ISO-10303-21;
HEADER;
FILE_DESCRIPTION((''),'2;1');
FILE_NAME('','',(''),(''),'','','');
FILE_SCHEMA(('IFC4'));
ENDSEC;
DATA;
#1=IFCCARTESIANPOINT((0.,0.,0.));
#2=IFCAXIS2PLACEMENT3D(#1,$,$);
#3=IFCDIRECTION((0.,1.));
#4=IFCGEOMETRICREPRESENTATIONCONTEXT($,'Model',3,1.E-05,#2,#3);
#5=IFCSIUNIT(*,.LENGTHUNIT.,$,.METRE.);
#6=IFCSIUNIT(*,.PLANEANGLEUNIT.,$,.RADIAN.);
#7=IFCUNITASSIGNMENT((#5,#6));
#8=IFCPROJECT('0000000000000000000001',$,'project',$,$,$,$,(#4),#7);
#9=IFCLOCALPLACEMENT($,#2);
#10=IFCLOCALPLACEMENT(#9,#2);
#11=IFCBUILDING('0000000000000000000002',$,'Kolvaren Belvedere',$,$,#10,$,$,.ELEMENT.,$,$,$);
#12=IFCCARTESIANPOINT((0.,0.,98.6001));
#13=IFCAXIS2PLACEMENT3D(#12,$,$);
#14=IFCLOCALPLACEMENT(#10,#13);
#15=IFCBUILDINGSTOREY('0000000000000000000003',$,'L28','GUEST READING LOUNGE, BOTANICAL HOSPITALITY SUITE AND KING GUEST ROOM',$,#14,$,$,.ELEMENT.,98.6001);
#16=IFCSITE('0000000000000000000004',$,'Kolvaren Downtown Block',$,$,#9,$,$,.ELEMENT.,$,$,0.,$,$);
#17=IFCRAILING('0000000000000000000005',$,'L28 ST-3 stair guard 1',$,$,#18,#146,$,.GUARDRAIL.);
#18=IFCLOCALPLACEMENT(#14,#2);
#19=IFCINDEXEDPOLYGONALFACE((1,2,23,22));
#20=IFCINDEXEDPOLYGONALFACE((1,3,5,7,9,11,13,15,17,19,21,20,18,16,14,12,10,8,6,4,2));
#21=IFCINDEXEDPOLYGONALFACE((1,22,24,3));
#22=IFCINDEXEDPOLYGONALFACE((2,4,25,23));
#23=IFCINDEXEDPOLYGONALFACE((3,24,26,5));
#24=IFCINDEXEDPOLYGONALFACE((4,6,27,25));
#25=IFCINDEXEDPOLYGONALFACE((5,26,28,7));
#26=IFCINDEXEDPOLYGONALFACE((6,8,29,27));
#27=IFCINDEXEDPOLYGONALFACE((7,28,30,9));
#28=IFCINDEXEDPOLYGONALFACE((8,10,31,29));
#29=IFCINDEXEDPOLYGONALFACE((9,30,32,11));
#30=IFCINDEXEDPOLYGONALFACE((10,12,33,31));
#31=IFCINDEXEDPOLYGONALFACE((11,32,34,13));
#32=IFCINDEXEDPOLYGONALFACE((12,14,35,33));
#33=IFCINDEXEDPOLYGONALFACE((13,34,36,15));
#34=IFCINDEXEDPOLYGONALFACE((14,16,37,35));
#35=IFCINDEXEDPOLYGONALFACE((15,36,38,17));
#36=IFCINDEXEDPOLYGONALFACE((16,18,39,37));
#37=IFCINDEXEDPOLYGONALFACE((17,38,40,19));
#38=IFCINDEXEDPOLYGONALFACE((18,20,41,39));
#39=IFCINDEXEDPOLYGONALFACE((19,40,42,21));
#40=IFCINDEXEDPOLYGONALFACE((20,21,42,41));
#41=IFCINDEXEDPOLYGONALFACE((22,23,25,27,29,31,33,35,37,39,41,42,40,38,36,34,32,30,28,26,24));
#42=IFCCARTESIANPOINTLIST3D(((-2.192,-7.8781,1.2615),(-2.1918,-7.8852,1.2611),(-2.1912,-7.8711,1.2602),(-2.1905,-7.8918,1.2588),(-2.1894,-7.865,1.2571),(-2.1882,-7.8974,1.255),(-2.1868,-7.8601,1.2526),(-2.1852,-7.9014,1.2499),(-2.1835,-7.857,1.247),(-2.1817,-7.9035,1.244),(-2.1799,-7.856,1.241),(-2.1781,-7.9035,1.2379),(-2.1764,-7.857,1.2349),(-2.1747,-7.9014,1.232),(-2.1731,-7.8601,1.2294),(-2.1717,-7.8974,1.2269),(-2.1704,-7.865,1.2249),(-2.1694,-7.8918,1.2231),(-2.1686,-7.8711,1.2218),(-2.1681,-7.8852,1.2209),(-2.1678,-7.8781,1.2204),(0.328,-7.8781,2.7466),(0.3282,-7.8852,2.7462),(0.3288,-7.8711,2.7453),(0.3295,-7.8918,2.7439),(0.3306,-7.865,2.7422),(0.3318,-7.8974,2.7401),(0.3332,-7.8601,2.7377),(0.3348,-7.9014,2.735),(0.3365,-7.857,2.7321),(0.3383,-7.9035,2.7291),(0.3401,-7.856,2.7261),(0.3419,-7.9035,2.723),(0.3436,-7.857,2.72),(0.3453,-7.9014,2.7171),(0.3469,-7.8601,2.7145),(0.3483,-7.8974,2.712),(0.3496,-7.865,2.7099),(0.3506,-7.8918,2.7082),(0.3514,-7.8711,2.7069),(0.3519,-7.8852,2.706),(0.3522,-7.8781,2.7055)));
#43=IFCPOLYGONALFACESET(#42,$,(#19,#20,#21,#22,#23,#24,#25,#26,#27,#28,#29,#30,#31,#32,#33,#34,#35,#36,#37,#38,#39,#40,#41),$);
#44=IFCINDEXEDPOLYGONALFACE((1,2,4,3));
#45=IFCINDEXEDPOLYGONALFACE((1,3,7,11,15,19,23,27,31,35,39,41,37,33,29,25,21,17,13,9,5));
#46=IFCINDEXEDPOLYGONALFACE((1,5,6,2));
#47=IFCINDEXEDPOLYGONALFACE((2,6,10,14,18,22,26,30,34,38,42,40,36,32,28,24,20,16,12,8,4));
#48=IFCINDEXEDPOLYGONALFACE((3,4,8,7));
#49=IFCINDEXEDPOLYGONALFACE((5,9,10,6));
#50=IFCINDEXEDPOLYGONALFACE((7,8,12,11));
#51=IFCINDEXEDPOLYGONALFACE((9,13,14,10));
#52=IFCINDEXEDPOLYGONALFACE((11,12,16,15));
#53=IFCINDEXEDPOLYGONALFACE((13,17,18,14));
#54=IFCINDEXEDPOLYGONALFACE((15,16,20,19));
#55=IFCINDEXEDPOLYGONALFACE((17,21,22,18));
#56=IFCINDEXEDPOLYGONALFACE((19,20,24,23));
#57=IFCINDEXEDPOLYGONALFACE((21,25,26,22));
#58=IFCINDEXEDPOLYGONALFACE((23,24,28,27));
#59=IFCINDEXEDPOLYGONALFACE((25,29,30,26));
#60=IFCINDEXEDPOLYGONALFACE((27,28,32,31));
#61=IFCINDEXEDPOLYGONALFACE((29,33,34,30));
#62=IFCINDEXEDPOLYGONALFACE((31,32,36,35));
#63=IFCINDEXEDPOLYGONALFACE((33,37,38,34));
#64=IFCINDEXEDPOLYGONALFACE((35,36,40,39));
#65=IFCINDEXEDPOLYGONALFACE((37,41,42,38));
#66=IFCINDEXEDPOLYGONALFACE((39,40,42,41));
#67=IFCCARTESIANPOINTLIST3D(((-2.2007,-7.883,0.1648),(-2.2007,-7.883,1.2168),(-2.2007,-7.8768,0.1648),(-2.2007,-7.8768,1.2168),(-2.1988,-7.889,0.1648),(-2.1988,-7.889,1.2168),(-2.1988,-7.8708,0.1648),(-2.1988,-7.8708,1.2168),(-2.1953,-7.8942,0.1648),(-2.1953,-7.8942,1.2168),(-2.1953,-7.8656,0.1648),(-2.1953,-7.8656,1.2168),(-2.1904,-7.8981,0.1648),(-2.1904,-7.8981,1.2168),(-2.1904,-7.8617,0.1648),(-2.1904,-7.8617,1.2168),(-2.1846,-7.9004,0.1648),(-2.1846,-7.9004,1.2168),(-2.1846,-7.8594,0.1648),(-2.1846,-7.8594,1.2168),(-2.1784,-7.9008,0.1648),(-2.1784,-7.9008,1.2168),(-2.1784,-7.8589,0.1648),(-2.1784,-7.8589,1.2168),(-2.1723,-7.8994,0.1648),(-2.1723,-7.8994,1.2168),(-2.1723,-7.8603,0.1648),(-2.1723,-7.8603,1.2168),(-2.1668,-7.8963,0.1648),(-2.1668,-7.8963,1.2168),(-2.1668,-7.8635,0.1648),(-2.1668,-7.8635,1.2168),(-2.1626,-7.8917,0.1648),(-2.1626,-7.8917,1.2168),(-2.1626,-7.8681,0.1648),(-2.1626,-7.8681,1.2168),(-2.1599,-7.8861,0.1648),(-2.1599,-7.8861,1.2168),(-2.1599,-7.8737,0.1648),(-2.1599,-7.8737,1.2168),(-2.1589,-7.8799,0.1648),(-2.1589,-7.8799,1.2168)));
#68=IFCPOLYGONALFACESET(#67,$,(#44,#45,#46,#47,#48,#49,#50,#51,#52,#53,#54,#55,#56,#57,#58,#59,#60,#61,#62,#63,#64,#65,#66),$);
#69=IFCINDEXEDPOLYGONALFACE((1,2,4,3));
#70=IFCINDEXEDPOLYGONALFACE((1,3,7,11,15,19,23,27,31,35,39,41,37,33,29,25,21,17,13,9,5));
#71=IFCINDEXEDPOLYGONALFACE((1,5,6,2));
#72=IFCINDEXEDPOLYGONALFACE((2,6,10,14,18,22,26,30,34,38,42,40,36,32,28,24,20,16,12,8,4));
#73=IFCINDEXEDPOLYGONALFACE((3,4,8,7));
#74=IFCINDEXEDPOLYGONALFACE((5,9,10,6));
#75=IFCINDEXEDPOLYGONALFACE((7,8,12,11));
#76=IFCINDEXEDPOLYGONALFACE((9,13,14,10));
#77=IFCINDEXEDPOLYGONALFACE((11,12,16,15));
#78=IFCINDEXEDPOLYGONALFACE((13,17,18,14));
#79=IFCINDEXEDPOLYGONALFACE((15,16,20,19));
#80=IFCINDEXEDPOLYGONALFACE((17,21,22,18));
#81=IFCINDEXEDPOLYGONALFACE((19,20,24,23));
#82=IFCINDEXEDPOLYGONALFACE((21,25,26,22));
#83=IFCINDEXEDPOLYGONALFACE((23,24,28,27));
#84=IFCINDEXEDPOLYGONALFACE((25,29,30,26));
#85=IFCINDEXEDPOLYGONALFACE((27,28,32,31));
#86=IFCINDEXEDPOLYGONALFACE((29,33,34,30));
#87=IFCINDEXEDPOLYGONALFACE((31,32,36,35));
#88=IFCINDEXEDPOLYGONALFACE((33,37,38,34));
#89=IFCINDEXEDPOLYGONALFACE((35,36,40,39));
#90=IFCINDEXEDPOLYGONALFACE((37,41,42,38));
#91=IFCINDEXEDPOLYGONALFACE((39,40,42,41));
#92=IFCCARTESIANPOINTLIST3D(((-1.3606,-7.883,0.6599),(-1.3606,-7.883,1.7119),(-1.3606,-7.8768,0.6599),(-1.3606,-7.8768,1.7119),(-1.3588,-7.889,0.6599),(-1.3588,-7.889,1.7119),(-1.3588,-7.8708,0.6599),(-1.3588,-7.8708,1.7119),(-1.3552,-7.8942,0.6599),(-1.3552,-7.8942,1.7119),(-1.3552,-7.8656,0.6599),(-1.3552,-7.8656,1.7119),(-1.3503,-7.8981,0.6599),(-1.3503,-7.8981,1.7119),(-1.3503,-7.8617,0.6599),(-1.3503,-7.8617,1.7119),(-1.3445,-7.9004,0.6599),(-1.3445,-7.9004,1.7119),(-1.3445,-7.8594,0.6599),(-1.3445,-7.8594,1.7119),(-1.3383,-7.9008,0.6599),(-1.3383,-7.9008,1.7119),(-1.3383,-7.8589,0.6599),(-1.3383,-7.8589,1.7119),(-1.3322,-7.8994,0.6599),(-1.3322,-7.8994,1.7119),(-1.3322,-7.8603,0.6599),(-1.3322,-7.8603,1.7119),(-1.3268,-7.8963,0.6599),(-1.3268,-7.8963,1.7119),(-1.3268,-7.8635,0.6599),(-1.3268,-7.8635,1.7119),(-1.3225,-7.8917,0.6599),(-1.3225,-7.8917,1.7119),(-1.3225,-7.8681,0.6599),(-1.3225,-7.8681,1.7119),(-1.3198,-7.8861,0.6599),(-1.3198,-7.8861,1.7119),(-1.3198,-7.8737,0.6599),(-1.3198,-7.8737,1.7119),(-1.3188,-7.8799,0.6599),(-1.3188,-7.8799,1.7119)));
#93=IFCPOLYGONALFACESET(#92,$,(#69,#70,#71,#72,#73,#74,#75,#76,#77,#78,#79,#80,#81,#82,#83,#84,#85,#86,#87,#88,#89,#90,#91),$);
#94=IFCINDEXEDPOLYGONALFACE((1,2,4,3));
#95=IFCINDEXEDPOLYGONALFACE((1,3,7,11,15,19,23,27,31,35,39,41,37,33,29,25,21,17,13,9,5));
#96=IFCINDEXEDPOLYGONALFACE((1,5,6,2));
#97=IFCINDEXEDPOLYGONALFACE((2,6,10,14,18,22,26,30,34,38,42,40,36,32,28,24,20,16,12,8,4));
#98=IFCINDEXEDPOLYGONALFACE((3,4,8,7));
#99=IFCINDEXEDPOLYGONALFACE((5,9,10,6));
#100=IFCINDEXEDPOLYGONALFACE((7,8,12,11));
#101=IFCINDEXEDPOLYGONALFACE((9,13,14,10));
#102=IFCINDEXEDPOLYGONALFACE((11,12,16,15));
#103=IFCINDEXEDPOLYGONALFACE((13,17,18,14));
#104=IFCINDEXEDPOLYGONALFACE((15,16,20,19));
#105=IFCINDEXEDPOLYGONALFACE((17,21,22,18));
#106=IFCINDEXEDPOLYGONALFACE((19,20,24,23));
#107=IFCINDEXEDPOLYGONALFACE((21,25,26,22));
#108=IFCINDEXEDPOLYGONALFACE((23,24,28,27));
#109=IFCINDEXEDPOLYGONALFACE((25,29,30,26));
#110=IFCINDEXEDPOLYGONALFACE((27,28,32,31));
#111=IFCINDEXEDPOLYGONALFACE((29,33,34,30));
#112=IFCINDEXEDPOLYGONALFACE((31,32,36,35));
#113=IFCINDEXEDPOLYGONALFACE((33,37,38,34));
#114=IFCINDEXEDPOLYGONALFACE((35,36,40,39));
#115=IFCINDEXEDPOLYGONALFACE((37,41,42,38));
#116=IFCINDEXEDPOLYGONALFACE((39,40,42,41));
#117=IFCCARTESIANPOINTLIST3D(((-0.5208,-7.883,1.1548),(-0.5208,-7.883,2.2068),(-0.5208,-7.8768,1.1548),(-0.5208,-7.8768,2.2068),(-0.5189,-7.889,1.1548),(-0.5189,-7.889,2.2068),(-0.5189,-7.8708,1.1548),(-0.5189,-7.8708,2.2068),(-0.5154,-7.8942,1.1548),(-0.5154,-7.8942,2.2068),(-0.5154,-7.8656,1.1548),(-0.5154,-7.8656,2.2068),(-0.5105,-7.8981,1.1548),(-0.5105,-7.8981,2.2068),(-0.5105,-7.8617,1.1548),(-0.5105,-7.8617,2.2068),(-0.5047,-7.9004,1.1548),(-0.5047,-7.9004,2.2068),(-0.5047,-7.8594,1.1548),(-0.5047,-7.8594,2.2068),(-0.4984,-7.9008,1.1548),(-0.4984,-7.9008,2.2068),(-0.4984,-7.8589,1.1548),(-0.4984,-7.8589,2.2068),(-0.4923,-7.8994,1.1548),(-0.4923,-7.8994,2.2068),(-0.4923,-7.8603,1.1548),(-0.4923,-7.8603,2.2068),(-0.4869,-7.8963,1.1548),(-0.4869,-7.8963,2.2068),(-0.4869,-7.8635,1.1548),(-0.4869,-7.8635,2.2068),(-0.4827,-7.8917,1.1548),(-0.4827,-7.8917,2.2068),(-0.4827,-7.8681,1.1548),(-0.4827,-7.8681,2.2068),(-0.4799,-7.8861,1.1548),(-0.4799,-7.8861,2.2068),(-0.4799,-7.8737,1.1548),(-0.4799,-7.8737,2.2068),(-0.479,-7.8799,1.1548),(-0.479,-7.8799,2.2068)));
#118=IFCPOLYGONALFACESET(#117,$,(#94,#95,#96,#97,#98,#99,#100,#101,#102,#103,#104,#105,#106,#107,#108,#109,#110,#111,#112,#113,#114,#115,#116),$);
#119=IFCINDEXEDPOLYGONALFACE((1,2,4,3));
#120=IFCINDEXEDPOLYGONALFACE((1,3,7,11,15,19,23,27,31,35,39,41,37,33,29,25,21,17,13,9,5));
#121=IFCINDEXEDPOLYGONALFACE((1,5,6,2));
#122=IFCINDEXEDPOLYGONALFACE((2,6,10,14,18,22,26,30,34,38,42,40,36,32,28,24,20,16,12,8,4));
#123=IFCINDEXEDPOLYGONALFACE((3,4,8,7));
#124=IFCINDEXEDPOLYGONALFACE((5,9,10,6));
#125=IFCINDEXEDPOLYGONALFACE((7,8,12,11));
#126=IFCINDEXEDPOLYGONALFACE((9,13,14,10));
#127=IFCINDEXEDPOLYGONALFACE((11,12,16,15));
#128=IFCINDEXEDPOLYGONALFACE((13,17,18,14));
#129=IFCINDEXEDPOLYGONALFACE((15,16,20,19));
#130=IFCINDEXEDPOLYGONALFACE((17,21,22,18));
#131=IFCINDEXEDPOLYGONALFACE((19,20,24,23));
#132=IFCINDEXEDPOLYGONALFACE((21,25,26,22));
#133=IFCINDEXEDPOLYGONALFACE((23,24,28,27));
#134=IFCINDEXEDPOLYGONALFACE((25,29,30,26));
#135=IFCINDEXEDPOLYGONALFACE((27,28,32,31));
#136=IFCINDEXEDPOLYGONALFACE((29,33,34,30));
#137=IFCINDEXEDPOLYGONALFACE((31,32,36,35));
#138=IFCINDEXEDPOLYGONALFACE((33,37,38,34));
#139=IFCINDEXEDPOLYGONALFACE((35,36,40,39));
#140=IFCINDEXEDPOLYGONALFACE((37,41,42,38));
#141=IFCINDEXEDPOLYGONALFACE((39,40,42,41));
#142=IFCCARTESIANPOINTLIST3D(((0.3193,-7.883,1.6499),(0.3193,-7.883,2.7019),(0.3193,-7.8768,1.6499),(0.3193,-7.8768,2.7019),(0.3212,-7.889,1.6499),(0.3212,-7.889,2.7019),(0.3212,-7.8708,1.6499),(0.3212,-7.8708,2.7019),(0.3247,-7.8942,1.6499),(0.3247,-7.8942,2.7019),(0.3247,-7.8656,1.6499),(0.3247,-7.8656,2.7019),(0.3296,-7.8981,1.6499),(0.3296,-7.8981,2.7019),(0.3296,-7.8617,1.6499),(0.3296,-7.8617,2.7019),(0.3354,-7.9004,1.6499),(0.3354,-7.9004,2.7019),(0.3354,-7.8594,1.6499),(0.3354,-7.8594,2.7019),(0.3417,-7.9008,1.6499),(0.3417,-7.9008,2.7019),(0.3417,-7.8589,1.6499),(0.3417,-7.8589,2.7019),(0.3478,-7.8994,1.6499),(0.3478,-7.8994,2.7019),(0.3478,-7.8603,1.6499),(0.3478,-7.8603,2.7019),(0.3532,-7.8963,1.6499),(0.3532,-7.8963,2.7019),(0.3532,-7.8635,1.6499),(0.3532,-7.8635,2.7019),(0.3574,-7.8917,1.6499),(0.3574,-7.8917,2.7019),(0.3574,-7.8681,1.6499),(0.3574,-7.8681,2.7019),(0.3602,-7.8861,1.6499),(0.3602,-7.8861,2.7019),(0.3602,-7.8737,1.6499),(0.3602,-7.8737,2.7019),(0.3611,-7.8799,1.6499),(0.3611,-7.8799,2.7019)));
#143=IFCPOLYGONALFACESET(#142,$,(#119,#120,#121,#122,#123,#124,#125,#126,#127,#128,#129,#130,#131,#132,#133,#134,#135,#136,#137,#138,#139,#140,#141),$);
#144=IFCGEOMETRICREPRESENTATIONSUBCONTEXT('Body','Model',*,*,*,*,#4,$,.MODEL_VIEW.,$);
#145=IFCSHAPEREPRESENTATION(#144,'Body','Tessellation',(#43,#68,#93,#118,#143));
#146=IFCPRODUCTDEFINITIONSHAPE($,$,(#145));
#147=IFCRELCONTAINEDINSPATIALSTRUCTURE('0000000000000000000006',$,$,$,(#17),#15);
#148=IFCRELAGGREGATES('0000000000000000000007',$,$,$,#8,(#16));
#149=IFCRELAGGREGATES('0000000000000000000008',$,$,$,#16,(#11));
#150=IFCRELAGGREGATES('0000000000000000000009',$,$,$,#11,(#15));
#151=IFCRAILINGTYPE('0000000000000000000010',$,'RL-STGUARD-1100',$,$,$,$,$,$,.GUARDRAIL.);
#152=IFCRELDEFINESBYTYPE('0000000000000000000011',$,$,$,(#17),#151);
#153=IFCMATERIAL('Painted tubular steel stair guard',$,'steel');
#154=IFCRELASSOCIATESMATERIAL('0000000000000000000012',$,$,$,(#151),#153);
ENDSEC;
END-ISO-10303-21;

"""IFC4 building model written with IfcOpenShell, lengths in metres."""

from ifc_helpers import new_model, si_unit, direction, frame, origin, origin_2d, place, context, subcontext, project, spatial, circle, extrude, material, type_object, element, save


model = new_model("IFC4")

# Units and contexts
model_context = context("Model", 3, precision=1e-05, world=origin(), true_north=direction((0.0, 1.0)))
body_context = subcontext(model_context, "Body", "Model", "MODEL_VIEW")
ifc_project = project(units=[si_unit("LENGTHUNIT", "METRE"), si_unit("PLANEANGLEUNIT", "RADIAN")], contexts=[model_context])

# Site, building, storey
site_placement = place(None, origin())
site = spatial("IfcSite", under=ifc_project, at=site_placement, Name="Kolvaren Downtown Block", CompositionType="ELEMENT", RefElevation=0.0)
building_placement = place(site_placement, origin())
building = spatial("IfcBuilding", under=site, at=building_placement, Name="Kolvaren Belvedere", CompositionType="ELEMENT")
storey_placement = place(building_placement, frame((0.0, 0.0, 98.6001)))
storey = spatial("IfcBuildingStorey", under=building, at=storey_placement, Name="L28", Description="GUEST READING LOUNGE, BOTANICAL HOSPITALITY SUITE AND KING GUEST ROOM", CompositionType="ELEMENT", Elevation=98.6001)

# Railing
ifc_material_1 = material(Name="Painted tubular steel stair guard", Category="steel")
railing_type_1 = type_object("IfcRailingType", Name="RL-STGUARD-1100", PredefinedType="GUARDRAIL", material=ifc_material_1)
railing_1_placement = place(storey_placement, frame((-2.1799, -7.8799, 0.1648)))
element("IfcRailing", 1, at=railing_1_placement, inside=storey, type_object=railing_type_1, Name="L28 ST-3 stair guard 1", PredefinedType="GUARDRAIL", context=body_context, shape_type="SweptSolid", body=[
    extrude(circle(Radius=0.0239, at=origin_2d()), frame((0.0, 0.0, 1.0762), z_axis=(0.861524, 0.0, 0.507717), x_axis=(0.0, 1.0, 0.0)), (0.0, 0.0, 1.0), 2.925),
    extrude(circle(Radius=0.021, at=origin_2d()), origin(), (0.0, 0.0, 1.0), 1.052),
    extrude(circle(Radius=0.021, at=origin_2d()), frame((0.8401, 0.0, 0.4951)), (0.0, 0.0, 1.0), 1.052),
    extrude(circle(Radius=0.021, at=origin_2d()), frame((1.6799, 0.0, 0.99)), (0.0, 0.0, 1.0), 1.052),
    extrude(circle(Radius=0.021, at=origin_2d()), frame((2.52, 0.0, 1.4851)), (0.0, 0.0, 1.0), 1.052),
])

save(model, "model.ifc")
